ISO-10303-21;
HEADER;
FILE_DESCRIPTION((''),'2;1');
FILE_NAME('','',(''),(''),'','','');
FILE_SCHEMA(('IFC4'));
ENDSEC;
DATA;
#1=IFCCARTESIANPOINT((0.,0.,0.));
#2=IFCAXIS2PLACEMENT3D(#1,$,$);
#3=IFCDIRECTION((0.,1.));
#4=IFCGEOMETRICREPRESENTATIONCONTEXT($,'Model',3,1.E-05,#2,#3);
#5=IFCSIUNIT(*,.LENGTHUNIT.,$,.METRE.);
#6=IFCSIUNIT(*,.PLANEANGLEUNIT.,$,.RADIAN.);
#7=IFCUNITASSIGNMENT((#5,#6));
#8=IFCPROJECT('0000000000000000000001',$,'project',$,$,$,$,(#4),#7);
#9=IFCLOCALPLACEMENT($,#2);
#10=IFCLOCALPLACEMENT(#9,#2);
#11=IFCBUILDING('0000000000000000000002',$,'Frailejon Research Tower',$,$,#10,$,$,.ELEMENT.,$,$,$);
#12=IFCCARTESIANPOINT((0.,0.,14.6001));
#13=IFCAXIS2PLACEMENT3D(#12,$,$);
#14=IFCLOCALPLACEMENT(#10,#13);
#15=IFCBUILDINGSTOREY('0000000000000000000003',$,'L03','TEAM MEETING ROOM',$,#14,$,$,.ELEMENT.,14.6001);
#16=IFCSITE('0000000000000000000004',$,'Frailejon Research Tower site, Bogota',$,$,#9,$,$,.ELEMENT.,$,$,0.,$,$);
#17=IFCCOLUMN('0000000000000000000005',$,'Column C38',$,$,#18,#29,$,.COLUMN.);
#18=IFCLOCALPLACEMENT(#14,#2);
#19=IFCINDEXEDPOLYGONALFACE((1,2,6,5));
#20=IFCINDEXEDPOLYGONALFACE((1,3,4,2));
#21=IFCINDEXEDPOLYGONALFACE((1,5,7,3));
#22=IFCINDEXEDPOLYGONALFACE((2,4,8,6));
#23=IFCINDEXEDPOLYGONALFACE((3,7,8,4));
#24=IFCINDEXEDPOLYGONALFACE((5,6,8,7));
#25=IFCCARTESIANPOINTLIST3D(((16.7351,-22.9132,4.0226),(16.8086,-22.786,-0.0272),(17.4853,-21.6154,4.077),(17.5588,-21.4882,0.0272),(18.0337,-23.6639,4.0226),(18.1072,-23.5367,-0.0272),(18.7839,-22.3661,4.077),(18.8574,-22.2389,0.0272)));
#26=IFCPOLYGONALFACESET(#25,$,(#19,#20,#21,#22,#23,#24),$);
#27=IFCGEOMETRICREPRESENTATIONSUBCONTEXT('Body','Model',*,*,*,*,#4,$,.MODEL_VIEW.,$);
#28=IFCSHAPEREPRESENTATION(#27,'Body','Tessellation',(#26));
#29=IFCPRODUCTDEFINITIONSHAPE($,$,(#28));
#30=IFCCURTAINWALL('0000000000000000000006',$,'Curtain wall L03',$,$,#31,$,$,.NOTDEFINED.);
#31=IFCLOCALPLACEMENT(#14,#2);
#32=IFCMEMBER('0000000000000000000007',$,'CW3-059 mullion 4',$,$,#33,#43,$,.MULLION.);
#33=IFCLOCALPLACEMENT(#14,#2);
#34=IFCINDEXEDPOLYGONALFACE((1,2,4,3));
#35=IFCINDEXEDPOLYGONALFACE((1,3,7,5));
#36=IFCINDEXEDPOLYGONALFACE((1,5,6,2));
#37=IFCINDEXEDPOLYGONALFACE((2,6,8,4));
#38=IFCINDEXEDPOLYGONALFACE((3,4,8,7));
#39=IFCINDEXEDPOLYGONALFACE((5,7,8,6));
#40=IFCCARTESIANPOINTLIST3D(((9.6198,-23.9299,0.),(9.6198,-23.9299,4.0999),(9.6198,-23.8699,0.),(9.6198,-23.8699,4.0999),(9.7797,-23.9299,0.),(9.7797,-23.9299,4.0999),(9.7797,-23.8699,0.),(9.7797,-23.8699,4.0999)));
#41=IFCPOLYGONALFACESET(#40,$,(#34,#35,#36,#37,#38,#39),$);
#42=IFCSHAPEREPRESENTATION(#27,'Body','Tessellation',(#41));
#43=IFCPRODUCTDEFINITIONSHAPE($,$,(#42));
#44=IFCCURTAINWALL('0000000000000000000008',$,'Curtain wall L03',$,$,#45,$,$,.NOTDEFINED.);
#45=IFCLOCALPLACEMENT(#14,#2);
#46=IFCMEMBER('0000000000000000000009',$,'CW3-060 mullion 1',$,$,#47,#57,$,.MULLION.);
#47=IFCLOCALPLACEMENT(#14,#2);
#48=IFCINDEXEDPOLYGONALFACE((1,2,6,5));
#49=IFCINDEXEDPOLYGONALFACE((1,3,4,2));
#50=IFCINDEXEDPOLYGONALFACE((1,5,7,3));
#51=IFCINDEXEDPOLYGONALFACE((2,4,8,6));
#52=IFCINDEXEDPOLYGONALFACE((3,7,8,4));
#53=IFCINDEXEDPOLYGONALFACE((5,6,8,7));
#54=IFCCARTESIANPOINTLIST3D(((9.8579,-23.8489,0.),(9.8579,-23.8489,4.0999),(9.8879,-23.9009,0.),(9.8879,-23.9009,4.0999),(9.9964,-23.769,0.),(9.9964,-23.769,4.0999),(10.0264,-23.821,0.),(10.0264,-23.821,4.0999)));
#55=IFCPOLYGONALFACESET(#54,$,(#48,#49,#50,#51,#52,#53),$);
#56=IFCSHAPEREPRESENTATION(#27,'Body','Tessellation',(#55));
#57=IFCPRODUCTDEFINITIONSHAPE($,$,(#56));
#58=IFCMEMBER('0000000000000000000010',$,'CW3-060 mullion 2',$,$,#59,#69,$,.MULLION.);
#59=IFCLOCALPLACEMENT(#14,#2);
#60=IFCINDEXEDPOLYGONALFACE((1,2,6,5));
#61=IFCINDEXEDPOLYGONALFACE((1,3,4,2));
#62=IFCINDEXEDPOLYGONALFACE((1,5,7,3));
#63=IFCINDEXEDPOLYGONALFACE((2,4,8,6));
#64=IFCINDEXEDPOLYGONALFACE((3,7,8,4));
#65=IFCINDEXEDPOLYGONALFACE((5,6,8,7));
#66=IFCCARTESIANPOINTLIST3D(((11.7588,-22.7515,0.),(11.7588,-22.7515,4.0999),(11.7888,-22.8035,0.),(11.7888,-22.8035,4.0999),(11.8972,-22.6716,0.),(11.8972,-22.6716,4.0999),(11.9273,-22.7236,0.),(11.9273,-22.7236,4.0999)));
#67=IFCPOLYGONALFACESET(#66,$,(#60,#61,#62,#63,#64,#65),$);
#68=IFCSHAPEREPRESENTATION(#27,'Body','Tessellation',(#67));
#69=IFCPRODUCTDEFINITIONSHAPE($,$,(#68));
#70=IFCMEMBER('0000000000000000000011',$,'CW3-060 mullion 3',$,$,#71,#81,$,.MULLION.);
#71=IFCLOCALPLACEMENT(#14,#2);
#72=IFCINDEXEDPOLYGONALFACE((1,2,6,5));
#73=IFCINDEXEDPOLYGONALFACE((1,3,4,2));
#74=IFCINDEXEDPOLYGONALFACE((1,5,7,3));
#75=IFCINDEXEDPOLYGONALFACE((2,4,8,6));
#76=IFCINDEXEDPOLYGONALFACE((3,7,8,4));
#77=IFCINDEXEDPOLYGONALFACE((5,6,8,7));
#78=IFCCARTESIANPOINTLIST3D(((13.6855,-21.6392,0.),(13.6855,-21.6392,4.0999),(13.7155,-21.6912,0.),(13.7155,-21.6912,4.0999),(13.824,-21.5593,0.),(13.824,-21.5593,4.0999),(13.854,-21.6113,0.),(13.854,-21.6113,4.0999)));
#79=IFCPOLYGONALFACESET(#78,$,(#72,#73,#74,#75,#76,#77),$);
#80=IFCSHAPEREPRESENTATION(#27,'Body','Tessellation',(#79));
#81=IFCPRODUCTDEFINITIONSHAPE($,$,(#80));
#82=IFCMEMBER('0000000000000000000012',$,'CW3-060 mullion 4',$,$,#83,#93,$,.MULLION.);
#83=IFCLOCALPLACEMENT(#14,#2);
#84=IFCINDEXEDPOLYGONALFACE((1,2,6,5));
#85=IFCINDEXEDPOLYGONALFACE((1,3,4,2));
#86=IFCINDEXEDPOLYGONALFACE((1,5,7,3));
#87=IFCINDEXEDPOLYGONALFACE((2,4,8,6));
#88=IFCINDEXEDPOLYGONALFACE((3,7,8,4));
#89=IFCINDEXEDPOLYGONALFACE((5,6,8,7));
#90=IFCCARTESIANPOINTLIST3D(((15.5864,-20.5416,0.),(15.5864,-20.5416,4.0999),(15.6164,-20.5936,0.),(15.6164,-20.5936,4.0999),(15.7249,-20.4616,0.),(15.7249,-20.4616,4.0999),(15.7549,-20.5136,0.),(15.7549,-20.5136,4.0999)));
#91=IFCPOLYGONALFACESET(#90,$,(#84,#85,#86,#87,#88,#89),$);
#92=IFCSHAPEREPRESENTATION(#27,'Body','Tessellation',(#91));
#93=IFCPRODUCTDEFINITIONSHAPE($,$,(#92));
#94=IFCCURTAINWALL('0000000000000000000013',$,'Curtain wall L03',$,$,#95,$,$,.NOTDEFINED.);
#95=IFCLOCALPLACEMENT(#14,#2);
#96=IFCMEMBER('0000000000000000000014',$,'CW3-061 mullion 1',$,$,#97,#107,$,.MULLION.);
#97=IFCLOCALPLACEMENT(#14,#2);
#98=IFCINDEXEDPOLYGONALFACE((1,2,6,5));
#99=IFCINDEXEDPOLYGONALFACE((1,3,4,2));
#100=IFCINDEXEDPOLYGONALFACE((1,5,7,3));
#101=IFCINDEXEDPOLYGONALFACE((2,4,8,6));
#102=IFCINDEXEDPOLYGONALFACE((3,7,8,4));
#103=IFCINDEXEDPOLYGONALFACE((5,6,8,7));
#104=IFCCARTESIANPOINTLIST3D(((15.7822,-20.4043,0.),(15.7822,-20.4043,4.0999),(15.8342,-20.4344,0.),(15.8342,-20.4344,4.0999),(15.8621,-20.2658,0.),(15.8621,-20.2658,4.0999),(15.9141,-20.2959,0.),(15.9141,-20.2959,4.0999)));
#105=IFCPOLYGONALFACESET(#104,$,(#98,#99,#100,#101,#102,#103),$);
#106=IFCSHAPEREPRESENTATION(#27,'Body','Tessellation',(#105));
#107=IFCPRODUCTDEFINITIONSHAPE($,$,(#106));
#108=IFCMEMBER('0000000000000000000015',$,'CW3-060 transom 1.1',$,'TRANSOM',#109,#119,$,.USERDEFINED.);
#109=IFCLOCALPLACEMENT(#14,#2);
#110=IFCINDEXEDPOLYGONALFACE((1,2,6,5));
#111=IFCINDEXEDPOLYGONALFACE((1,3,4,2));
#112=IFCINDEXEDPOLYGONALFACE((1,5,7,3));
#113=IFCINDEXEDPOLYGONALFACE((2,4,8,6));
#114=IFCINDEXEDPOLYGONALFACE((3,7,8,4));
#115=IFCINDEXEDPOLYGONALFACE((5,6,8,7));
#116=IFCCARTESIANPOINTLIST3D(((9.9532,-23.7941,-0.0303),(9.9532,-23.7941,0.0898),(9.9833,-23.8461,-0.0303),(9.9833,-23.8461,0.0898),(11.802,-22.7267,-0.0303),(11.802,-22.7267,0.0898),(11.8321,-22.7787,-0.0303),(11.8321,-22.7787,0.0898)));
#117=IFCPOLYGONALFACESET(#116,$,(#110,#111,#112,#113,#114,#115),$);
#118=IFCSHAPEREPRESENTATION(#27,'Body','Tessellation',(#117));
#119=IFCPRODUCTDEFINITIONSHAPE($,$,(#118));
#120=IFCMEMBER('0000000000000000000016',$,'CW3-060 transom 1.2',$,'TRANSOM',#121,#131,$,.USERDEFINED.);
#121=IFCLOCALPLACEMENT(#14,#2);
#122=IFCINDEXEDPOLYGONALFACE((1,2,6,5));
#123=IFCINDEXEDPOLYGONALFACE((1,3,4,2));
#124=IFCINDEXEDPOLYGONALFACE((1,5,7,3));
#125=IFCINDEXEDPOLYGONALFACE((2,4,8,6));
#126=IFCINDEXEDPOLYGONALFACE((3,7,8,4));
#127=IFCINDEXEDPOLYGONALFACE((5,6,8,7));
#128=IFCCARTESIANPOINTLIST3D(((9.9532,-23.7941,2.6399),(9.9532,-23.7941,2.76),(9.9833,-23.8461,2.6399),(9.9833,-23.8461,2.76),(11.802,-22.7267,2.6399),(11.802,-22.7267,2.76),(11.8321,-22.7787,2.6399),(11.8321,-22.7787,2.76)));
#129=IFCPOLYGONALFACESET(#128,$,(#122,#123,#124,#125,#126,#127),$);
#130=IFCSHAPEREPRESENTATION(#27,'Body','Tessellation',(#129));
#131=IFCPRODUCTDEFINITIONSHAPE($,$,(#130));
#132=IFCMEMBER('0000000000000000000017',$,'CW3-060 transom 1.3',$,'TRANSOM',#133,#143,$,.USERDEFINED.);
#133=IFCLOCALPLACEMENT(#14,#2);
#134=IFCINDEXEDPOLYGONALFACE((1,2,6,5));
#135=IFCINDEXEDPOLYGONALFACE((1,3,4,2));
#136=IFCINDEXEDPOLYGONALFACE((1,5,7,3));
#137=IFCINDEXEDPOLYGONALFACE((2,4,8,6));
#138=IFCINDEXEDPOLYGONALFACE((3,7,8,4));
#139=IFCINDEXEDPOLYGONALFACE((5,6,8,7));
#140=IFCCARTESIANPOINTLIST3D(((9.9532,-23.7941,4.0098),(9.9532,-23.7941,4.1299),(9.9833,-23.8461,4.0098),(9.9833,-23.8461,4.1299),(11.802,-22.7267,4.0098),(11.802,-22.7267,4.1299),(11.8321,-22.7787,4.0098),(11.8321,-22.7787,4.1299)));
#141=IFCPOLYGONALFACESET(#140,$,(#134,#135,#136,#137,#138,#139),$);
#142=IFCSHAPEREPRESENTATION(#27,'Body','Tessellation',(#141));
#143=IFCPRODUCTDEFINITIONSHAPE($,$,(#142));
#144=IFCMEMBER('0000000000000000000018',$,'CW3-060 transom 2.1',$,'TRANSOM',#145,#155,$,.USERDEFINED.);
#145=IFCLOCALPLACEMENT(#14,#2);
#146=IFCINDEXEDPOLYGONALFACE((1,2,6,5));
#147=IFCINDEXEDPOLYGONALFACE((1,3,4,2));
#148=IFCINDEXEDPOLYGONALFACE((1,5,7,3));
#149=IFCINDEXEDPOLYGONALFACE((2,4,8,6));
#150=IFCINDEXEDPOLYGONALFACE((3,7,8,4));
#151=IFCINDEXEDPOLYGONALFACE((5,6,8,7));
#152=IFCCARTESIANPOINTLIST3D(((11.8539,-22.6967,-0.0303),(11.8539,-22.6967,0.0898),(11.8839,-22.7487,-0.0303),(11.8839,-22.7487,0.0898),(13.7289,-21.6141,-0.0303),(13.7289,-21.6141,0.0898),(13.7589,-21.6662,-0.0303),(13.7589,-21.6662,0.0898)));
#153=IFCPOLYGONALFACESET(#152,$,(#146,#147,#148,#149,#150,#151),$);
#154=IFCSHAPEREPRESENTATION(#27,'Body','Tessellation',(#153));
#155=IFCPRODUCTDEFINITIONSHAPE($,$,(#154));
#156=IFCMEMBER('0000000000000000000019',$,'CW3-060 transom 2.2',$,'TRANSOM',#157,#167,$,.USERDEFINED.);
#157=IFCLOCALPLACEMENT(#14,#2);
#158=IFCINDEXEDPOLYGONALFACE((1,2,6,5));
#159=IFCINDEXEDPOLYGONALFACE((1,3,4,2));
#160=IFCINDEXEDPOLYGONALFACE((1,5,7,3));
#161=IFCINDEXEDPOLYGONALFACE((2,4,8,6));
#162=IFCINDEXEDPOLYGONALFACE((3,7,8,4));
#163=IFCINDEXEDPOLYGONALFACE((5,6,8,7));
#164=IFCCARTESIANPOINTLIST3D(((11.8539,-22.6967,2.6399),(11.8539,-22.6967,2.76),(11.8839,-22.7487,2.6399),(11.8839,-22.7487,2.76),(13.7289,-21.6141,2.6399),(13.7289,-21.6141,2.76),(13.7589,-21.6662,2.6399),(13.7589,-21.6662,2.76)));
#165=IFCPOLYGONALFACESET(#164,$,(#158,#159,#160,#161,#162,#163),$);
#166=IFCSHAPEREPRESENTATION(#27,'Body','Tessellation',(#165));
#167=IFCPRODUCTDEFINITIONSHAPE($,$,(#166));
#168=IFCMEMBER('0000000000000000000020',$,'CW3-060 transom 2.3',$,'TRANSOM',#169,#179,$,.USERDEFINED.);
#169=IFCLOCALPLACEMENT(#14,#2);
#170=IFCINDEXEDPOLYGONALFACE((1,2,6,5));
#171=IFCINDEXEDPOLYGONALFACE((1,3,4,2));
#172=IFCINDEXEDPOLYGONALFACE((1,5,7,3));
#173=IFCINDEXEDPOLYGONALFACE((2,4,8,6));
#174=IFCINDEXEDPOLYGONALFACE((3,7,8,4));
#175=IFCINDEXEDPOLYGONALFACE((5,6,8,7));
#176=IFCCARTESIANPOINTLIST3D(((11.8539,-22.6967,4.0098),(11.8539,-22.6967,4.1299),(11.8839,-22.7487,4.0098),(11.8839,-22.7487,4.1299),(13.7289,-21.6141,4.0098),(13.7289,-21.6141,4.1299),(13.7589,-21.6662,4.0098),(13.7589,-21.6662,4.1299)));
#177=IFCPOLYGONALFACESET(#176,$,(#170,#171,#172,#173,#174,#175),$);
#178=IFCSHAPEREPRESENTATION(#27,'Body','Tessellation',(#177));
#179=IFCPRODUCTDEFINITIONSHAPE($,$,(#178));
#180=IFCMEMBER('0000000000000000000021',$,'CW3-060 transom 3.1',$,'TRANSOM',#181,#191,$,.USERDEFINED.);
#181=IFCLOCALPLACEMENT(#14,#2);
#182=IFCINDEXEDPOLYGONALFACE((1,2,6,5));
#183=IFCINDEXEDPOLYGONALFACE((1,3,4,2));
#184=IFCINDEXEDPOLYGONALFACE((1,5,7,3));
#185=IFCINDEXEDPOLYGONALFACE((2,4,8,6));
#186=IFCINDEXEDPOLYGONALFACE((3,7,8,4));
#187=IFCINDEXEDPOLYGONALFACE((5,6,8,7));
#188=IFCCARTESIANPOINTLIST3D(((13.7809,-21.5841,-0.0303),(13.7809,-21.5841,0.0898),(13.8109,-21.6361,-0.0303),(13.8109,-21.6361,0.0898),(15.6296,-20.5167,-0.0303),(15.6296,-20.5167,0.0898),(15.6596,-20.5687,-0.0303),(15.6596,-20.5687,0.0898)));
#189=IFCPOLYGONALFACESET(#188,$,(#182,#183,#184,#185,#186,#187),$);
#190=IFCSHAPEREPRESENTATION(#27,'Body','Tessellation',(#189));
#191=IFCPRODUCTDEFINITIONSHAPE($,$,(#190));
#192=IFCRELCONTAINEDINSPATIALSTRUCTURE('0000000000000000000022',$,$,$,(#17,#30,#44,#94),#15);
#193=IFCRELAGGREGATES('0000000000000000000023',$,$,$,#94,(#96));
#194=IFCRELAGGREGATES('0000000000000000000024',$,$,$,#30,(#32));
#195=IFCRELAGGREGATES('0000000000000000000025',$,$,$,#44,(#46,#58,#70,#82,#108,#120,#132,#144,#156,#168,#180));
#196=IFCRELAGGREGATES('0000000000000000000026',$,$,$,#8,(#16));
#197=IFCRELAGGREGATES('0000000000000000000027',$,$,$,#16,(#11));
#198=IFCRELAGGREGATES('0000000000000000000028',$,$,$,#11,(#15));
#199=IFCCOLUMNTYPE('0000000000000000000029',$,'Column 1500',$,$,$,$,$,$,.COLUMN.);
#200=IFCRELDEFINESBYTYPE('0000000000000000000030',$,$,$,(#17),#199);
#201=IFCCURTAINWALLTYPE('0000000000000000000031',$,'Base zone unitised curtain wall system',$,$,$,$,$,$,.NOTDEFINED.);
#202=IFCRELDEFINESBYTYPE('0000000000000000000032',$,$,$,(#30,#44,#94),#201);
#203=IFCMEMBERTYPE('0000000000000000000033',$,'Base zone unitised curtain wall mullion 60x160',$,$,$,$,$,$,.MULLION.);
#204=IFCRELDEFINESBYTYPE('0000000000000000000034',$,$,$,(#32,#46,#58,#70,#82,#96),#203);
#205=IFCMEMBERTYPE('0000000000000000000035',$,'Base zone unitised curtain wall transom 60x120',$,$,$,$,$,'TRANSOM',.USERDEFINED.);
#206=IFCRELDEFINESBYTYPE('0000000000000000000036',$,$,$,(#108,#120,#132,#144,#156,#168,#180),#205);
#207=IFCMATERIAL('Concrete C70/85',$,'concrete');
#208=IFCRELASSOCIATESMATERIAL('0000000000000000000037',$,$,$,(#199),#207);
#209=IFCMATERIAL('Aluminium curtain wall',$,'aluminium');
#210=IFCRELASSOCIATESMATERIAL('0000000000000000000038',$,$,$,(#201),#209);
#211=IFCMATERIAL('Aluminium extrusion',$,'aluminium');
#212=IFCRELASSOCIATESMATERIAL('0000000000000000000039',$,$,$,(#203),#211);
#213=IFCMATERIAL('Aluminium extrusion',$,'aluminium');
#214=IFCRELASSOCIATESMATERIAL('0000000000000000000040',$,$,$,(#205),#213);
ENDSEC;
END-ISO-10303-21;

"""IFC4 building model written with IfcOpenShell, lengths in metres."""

from ifc_helpers import new_model, si_unit, direction, frame, origin, origin_2d, place, context, subcontext, project, spatial, rectangle, extrude, material, material_profile, profile_set, type_object, element, aggregate, save


model = new_model("IFC4")

# Units and contexts
model_context = context("Model", 3, precision=1e-05, world=origin(), true_north=direction((0.0, 1.0)))
body_context = subcontext(model_context, "Body", "Model", "MODEL_VIEW")
ifc_project = project(units=[si_unit("LENGTHUNIT", "METRE"), si_unit("PLANEANGLEUNIT", "RADIAN")], contexts=[model_context])

# Site, building, storey
site_placement = place(None, origin())
site = spatial("IfcSite", under=ifc_project, at=site_placement, Name="Frailejon Research Tower site, Bogota", CompositionType="ELEMENT", RefElevation=0.0)
building_placement = place(site_placement, origin())
building = spatial("IfcBuilding", under=site, at=building_placement, Name="Frailejon Research Tower", CompositionType="ELEMENT")
storey_placement = place(building_placement, frame((0.0, 0.0, 14.6001)))
storey = spatial("IfcBuildingStorey", under=building, at=storey_placement, Name="L03", Description="TEAM MEETING ROOM", CompositionType="ELEMENT", Elevation=14.6001)

# Column
ifc_material_1 = material(Name="Concrete C70/85", Category="concrete")
ifc_material_profile_1 = material_profile(ifc_material_1, rectangle(XDim=1.5, YDim=1.5, at=origin_2d()), Name="Column 1500")
ifc_profile_set_1 = profile_set([ifc_material_profile_1], Name="Concrete C70/85")
column_type = type_object("IfcColumnType", Name="Column 1500", PredefinedType="COLUMN", material=ifc_profile_set_1)
column_placement = place(storey_placement, frame((17.833, -22.5125, 0.0), z_axis=(-0.018134, -0.031388, 0.999343), x_axis=(0.500145, 0.865183, 0.036249)))
element("IfcColumn", 1, at=column_placement, inside=storey, type_object=column_type, Name="Column C38", PredefinedType="COLUMN", context=body_context, shape_type="SweptSolid", body=[
    extrude(rectangle(XDim=1.5, YDim=1.5, at=origin_2d()), origin(), (0.0, 0.0, 1.0), 4.0525),
])

# Curtain wall, member
ifc_material_2 = material(Name="Aluminium curtain wall", Category="aluminium")
curtain_wall_type = type_object("IfcCurtainWallType", Name="Base zone unitised curtain wall system", PredefinedType="NOTDEFINED", material=ifc_material_2)
curtain_wall_1_placement = place(storey_placement, origin())
curtain_wall_1 = element("IfcCurtainWall", 2, at=curtain_wall_1_placement, inside=storey, type_object=curtain_wall_type, Name="Curtain wall L03", PredefinedType="NOTDEFINED")
ifc_material_3 = material(Name="Aluminium extrusion", Category="aluminium")
ifc_material_profile_2 = material_profile(ifc_material_3, rectangle(XDim=0.0601, YDim=0.1599, at=origin_2d()), Name="Base zone unitised curtain wall mullion 60x160")
ifc_profile_set_2 = profile_set([ifc_material_profile_2], Name="Aluminium extrusion")
member_type_1 = type_object("IfcMemberType", Name="Base zone unitised curtain wall mullion 60x160", PredefinedType="MULLION", material=ifc_profile_set_2)
member_1_placement = place(storey_placement, frame((9.6997, -23.8999, 0.0), z_axis=(0.0, 0.0, 1.0), x_axis=(0.0, 1.0, 0.0)))
member_1 = element("IfcMember", 3, at=member_1_placement, type_object=member_type_1, Name="CW3-059 mullion 4", PredefinedType="MULLION", context=body_context, shape_type="SweptSolid", body=[
    extrude(rectangle(XDim=0.0601, YDim=0.1599, at=origin_2d()), origin(), (0.0, 0.0, 1.0), 4.0999),
])

# Curtain wall, members
curtain_wall_2_placement = place(storey_placement, origin())
curtain_wall_2 = element("IfcCurtainWall", 4, at=curtain_wall_2_placement, inside=storey, type_object=curtain_wall_type, Name="Curtain wall L03", PredefinedType="NOTDEFINED")
member_2_placement = place(storey_placement, frame((9.9421, -23.835, 0.0), z_axis=(0.0, 0.0, 1.0), x_axis=(-0.499998, 0.866026, 0.0)))
member_2 = element("IfcMember", 5, at=member_2_placement, type_object=member_type_1, Name="CW3-060 mullion 1", PredefinedType="MULLION", context=body_context, shape_type="SweptSolid", body=[
    extrude(rectangle(XDim=0.0601, YDim=0.1599, at=origin_2d()), origin(), (0.0, 0.0, 1.0), 4.0999),
])
member_3_placement = place(storey_placement, frame((11.843, -22.7375, 0.0), z_axis=(0.0, 0.0, 1.0), x_axis=(-0.499998, 0.866026, 0.0)))
member_3 = element("IfcMember", 6, at=member_3_placement, type_object=member_type_1, Name="CW3-060 mullion 2", PredefinedType="MULLION", context=body_context, shape_type="SweptSolid", body=[
    extrude(rectangle(XDim=0.0601, YDim=0.1599, at=origin_2d()), origin(), (0.0, 0.0, 1.0), 4.0999),
])
member_4_placement = place(storey_placement, frame((13.7698, -21.6252, 0.0), z_axis=(0.0, 0.0, 1.0), x_axis=(-0.499998, 0.866026, 0.0)))
member_4 = element("IfcMember", 7, at=member_4_placement, type_object=member_type_1, Name="CW3-060 mullion 3", PredefinedType="MULLION", context=body_context, shape_type="SweptSolid", body=[
    extrude(rectangle(XDim=0.0601, YDim=0.1599, at=origin_2d()), origin(), (0.0, 0.0, 1.0), 4.0999),
])
member_5_placement = place(storey_placement, frame((15.6707, -20.5276, 0.0), z_axis=(0.0, 0.0, 1.0), x_axis=(-0.499998, 0.866026, 0.0)))
member_5 = element("IfcMember", 8, at=member_5_placement, type_object=member_type_1, Name="CW3-060 mullion 4", PredefinedType="MULLION", context=body_context, shape_type="SweptSolid", body=[
    extrude(rectangle(XDim=0.0601, YDim=0.1599, at=origin_2d()), origin(), (0.0, 0.0, 1.0), 4.0999),
])

# Curtain wall, member
curtain_wall_3_placement = place(storey_placement, origin())
curtain_wall_3 = element("IfcCurtainWall", 9, at=curtain_wall_3_placement, inside=storey, type_object=curtain_wall_type, Name="Curtain wall L03", PredefinedType="NOTDEFINED")
member_6_placement = place(storey_placement, frame((15.8481, -20.3501, 0.0), z_axis=(0.0, 0.0, 1.0), x_axis=(-0.866029, 0.499993, 0.0)))
member_6 = element("IfcMember", 10, at=member_6_placement, type_object=member_type_1, Name="CW3-061 mullion 1", PredefinedType="MULLION", context=body_context, shape_type="SweptSolid", body=[
    extrude(rectangle(XDim=0.0601, YDim=0.1599, at=origin_2d()), origin(), (0.0, 0.0, 1.0), 4.0999),
])

# Members
ifc_material_4 = material(Name="Aluminium extrusion", Category="aluminium")
ifc_material_profile_3 = material_profile(ifc_material_4, rectangle(XDim=0.0601, YDim=0.1201, at=origin_2d()), Name="Base zone unitised curtain wall transom 60x120")
ifc_profile_set_3 = profile_set([ifc_material_profile_3], Name="Aluminium extrusion")
member_type_2 = type_object("IfcMemberType", Name="Base zone unitised curtain wall transom 60x120", ElementType="TRANSOM", PredefinedType="USERDEFINED", material=ifc_profile_set_3)
member_7_placement = place(storey_placement, frame((9.9683, -23.8201, 0.0298), z_axis=(0.866039, 0.499977, 0.0), x_axis=(-0.499977, 0.866039, 0.0)))
member_7 = element("IfcMember", 11, at=member_7_placement, type_object=member_type_2, Name="CW3-060 transom 1.1", ObjectType="TRANSOM", PredefinedType="USERDEFINED", context=body_context, shape_type="SweptSolid", body=[
    extrude(rectangle(XDim=0.0601, YDim=0.1201, at=origin_2d()), origin(), (0.0, 0.0, 1.0), 2.1348),
])
member_8_placement = place(storey_placement, frame((9.9683, -23.8201, 2.7), z_axis=(0.866039, 0.499977, 0.0), x_axis=(-0.499977, 0.866039, 0.0)))
member_8 = element("IfcMember", 12, at=member_8_placement, type_object=member_type_2, Name="CW3-060 transom 1.2", ObjectType="TRANSOM", PredefinedType="USERDEFINED", context=body_context, shape_type="SweptSolid", body=[
    extrude(rectangle(XDim=0.0601, YDim=0.1201, at=origin_2d()), origin(), (0.0, 0.0, 1.0), 2.1348),
])
member_9_placement = place(storey_placement, frame((9.9683, -23.8201, 4.0698), z_axis=(0.866039, 0.499977, 0.0), x_axis=(-0.499977, 0.866039, 0.0)))
member_9 = element("IfcMember", 13, at=member_9_placement, type_object=member_type_2, Name="CW3-060 transom 1.3", ObjectType="TRANSOM", PredefinedType="USERDEFINED", context=body_context, shape_type="SweptSolid", body=[
    extrude(rectangle(XDim=0.0601, YDim=0.1201, at=origin_2d()), origin(), (0.0, 0.0, 1.0), 2.1348),
])
member_10_placement = place(storey_placement, frame((11.8689, -22.7227, 0.0298), z_axis=(0.866028, 0.499996, 0.0), x_axis=(-0.499996, 0.866028, 0.0)))
member_10 = element("IfcMember", 14, at=member_10_placement, type_object=member_type_2, Name="CW3-060 transom 2.1", ObjectType="TRANSOM", PredefinedType="USERDEFINED", context=body_context, shape_type="SweptSolid", body=[
    extrude(rectangle(XDim=0.0601, YDim=0.1201, at=origin_2d()), origin(), (0.0, 0.0, 1.0), 2.165),
])
member_11_placement = place(storey_placement, frame((11.8689, -22.7227, 2.7), z_axis=(0.866028, 0.499996, 0.0), x_axis=(-0.499996, 0.866028, 0.0)))
member_11 = element("IfcMember", 15, at=member_11_placement, type_object=member_type_2, Name="CW3-060 transom 2.2", ObjectType="TRANSOM", PredefinedType="USERDEFINED", context=body_context, shape_type="SweptSolid", body=[
    extrude(rectangle(XDim=0.0601, YDim=0.1201, at=origin_2d()), origin(), (0.0, 0.0, 1.0), 2.165),
])
member_12_placement = place(storey_placement, frame((11.8689, -22.7227, 4.0698), z_axis=(0.866028, 0.499996, 0.0), x_axis=(-0.499996, 0.866028, 0.0)))
member_12 = element("IfcMember", 16, at=member_12_placement, type_object=member_type_2, Name="CW3-060 transom 2.3", ObjectType="TRANSOM", PredefinedType="USERDEFINED", context=body_context, shape_type="SweptSolid", body=[
    extrude(rectangle(XDim=0.0601, YDim=0.1201, at=origin_2d()), origin(), (0.0, 0.0, 1.0), 2.165),
])
member_13_placement = place(storey_placement, frame((13.7959, -21.6101, 0.0298), z_axis=(0.86601, 0.500026, 0.0), x_axis=(-0.500026, 0.86601, 0.0)))
member_13 = element("IfcMember", 17, at=member_13_placement, type_object=member_type_2, Name="CW3-060 transom 3.1", ObjectType="TRANSOM", PredefinedType="USERDEFINED", context=body_context, shape_type="SweptSolid", body=[
    extrude(rectangle(XDim=0.0601, YDim=0.1201, at=origin_2d()), origin(), (0.0, 0.0, 1.0), 2.1348),
])
aggregate(curtain_wall_3, [member_6])

aggregate(curtain_wall_1, [member_1])
aggregate(curtain_wall_2, [member_2, member_3, member_4, member_5, member_7, member_8, member_9, member_10, member_11, member_12, member_13])

save(model, "model.ifc")
